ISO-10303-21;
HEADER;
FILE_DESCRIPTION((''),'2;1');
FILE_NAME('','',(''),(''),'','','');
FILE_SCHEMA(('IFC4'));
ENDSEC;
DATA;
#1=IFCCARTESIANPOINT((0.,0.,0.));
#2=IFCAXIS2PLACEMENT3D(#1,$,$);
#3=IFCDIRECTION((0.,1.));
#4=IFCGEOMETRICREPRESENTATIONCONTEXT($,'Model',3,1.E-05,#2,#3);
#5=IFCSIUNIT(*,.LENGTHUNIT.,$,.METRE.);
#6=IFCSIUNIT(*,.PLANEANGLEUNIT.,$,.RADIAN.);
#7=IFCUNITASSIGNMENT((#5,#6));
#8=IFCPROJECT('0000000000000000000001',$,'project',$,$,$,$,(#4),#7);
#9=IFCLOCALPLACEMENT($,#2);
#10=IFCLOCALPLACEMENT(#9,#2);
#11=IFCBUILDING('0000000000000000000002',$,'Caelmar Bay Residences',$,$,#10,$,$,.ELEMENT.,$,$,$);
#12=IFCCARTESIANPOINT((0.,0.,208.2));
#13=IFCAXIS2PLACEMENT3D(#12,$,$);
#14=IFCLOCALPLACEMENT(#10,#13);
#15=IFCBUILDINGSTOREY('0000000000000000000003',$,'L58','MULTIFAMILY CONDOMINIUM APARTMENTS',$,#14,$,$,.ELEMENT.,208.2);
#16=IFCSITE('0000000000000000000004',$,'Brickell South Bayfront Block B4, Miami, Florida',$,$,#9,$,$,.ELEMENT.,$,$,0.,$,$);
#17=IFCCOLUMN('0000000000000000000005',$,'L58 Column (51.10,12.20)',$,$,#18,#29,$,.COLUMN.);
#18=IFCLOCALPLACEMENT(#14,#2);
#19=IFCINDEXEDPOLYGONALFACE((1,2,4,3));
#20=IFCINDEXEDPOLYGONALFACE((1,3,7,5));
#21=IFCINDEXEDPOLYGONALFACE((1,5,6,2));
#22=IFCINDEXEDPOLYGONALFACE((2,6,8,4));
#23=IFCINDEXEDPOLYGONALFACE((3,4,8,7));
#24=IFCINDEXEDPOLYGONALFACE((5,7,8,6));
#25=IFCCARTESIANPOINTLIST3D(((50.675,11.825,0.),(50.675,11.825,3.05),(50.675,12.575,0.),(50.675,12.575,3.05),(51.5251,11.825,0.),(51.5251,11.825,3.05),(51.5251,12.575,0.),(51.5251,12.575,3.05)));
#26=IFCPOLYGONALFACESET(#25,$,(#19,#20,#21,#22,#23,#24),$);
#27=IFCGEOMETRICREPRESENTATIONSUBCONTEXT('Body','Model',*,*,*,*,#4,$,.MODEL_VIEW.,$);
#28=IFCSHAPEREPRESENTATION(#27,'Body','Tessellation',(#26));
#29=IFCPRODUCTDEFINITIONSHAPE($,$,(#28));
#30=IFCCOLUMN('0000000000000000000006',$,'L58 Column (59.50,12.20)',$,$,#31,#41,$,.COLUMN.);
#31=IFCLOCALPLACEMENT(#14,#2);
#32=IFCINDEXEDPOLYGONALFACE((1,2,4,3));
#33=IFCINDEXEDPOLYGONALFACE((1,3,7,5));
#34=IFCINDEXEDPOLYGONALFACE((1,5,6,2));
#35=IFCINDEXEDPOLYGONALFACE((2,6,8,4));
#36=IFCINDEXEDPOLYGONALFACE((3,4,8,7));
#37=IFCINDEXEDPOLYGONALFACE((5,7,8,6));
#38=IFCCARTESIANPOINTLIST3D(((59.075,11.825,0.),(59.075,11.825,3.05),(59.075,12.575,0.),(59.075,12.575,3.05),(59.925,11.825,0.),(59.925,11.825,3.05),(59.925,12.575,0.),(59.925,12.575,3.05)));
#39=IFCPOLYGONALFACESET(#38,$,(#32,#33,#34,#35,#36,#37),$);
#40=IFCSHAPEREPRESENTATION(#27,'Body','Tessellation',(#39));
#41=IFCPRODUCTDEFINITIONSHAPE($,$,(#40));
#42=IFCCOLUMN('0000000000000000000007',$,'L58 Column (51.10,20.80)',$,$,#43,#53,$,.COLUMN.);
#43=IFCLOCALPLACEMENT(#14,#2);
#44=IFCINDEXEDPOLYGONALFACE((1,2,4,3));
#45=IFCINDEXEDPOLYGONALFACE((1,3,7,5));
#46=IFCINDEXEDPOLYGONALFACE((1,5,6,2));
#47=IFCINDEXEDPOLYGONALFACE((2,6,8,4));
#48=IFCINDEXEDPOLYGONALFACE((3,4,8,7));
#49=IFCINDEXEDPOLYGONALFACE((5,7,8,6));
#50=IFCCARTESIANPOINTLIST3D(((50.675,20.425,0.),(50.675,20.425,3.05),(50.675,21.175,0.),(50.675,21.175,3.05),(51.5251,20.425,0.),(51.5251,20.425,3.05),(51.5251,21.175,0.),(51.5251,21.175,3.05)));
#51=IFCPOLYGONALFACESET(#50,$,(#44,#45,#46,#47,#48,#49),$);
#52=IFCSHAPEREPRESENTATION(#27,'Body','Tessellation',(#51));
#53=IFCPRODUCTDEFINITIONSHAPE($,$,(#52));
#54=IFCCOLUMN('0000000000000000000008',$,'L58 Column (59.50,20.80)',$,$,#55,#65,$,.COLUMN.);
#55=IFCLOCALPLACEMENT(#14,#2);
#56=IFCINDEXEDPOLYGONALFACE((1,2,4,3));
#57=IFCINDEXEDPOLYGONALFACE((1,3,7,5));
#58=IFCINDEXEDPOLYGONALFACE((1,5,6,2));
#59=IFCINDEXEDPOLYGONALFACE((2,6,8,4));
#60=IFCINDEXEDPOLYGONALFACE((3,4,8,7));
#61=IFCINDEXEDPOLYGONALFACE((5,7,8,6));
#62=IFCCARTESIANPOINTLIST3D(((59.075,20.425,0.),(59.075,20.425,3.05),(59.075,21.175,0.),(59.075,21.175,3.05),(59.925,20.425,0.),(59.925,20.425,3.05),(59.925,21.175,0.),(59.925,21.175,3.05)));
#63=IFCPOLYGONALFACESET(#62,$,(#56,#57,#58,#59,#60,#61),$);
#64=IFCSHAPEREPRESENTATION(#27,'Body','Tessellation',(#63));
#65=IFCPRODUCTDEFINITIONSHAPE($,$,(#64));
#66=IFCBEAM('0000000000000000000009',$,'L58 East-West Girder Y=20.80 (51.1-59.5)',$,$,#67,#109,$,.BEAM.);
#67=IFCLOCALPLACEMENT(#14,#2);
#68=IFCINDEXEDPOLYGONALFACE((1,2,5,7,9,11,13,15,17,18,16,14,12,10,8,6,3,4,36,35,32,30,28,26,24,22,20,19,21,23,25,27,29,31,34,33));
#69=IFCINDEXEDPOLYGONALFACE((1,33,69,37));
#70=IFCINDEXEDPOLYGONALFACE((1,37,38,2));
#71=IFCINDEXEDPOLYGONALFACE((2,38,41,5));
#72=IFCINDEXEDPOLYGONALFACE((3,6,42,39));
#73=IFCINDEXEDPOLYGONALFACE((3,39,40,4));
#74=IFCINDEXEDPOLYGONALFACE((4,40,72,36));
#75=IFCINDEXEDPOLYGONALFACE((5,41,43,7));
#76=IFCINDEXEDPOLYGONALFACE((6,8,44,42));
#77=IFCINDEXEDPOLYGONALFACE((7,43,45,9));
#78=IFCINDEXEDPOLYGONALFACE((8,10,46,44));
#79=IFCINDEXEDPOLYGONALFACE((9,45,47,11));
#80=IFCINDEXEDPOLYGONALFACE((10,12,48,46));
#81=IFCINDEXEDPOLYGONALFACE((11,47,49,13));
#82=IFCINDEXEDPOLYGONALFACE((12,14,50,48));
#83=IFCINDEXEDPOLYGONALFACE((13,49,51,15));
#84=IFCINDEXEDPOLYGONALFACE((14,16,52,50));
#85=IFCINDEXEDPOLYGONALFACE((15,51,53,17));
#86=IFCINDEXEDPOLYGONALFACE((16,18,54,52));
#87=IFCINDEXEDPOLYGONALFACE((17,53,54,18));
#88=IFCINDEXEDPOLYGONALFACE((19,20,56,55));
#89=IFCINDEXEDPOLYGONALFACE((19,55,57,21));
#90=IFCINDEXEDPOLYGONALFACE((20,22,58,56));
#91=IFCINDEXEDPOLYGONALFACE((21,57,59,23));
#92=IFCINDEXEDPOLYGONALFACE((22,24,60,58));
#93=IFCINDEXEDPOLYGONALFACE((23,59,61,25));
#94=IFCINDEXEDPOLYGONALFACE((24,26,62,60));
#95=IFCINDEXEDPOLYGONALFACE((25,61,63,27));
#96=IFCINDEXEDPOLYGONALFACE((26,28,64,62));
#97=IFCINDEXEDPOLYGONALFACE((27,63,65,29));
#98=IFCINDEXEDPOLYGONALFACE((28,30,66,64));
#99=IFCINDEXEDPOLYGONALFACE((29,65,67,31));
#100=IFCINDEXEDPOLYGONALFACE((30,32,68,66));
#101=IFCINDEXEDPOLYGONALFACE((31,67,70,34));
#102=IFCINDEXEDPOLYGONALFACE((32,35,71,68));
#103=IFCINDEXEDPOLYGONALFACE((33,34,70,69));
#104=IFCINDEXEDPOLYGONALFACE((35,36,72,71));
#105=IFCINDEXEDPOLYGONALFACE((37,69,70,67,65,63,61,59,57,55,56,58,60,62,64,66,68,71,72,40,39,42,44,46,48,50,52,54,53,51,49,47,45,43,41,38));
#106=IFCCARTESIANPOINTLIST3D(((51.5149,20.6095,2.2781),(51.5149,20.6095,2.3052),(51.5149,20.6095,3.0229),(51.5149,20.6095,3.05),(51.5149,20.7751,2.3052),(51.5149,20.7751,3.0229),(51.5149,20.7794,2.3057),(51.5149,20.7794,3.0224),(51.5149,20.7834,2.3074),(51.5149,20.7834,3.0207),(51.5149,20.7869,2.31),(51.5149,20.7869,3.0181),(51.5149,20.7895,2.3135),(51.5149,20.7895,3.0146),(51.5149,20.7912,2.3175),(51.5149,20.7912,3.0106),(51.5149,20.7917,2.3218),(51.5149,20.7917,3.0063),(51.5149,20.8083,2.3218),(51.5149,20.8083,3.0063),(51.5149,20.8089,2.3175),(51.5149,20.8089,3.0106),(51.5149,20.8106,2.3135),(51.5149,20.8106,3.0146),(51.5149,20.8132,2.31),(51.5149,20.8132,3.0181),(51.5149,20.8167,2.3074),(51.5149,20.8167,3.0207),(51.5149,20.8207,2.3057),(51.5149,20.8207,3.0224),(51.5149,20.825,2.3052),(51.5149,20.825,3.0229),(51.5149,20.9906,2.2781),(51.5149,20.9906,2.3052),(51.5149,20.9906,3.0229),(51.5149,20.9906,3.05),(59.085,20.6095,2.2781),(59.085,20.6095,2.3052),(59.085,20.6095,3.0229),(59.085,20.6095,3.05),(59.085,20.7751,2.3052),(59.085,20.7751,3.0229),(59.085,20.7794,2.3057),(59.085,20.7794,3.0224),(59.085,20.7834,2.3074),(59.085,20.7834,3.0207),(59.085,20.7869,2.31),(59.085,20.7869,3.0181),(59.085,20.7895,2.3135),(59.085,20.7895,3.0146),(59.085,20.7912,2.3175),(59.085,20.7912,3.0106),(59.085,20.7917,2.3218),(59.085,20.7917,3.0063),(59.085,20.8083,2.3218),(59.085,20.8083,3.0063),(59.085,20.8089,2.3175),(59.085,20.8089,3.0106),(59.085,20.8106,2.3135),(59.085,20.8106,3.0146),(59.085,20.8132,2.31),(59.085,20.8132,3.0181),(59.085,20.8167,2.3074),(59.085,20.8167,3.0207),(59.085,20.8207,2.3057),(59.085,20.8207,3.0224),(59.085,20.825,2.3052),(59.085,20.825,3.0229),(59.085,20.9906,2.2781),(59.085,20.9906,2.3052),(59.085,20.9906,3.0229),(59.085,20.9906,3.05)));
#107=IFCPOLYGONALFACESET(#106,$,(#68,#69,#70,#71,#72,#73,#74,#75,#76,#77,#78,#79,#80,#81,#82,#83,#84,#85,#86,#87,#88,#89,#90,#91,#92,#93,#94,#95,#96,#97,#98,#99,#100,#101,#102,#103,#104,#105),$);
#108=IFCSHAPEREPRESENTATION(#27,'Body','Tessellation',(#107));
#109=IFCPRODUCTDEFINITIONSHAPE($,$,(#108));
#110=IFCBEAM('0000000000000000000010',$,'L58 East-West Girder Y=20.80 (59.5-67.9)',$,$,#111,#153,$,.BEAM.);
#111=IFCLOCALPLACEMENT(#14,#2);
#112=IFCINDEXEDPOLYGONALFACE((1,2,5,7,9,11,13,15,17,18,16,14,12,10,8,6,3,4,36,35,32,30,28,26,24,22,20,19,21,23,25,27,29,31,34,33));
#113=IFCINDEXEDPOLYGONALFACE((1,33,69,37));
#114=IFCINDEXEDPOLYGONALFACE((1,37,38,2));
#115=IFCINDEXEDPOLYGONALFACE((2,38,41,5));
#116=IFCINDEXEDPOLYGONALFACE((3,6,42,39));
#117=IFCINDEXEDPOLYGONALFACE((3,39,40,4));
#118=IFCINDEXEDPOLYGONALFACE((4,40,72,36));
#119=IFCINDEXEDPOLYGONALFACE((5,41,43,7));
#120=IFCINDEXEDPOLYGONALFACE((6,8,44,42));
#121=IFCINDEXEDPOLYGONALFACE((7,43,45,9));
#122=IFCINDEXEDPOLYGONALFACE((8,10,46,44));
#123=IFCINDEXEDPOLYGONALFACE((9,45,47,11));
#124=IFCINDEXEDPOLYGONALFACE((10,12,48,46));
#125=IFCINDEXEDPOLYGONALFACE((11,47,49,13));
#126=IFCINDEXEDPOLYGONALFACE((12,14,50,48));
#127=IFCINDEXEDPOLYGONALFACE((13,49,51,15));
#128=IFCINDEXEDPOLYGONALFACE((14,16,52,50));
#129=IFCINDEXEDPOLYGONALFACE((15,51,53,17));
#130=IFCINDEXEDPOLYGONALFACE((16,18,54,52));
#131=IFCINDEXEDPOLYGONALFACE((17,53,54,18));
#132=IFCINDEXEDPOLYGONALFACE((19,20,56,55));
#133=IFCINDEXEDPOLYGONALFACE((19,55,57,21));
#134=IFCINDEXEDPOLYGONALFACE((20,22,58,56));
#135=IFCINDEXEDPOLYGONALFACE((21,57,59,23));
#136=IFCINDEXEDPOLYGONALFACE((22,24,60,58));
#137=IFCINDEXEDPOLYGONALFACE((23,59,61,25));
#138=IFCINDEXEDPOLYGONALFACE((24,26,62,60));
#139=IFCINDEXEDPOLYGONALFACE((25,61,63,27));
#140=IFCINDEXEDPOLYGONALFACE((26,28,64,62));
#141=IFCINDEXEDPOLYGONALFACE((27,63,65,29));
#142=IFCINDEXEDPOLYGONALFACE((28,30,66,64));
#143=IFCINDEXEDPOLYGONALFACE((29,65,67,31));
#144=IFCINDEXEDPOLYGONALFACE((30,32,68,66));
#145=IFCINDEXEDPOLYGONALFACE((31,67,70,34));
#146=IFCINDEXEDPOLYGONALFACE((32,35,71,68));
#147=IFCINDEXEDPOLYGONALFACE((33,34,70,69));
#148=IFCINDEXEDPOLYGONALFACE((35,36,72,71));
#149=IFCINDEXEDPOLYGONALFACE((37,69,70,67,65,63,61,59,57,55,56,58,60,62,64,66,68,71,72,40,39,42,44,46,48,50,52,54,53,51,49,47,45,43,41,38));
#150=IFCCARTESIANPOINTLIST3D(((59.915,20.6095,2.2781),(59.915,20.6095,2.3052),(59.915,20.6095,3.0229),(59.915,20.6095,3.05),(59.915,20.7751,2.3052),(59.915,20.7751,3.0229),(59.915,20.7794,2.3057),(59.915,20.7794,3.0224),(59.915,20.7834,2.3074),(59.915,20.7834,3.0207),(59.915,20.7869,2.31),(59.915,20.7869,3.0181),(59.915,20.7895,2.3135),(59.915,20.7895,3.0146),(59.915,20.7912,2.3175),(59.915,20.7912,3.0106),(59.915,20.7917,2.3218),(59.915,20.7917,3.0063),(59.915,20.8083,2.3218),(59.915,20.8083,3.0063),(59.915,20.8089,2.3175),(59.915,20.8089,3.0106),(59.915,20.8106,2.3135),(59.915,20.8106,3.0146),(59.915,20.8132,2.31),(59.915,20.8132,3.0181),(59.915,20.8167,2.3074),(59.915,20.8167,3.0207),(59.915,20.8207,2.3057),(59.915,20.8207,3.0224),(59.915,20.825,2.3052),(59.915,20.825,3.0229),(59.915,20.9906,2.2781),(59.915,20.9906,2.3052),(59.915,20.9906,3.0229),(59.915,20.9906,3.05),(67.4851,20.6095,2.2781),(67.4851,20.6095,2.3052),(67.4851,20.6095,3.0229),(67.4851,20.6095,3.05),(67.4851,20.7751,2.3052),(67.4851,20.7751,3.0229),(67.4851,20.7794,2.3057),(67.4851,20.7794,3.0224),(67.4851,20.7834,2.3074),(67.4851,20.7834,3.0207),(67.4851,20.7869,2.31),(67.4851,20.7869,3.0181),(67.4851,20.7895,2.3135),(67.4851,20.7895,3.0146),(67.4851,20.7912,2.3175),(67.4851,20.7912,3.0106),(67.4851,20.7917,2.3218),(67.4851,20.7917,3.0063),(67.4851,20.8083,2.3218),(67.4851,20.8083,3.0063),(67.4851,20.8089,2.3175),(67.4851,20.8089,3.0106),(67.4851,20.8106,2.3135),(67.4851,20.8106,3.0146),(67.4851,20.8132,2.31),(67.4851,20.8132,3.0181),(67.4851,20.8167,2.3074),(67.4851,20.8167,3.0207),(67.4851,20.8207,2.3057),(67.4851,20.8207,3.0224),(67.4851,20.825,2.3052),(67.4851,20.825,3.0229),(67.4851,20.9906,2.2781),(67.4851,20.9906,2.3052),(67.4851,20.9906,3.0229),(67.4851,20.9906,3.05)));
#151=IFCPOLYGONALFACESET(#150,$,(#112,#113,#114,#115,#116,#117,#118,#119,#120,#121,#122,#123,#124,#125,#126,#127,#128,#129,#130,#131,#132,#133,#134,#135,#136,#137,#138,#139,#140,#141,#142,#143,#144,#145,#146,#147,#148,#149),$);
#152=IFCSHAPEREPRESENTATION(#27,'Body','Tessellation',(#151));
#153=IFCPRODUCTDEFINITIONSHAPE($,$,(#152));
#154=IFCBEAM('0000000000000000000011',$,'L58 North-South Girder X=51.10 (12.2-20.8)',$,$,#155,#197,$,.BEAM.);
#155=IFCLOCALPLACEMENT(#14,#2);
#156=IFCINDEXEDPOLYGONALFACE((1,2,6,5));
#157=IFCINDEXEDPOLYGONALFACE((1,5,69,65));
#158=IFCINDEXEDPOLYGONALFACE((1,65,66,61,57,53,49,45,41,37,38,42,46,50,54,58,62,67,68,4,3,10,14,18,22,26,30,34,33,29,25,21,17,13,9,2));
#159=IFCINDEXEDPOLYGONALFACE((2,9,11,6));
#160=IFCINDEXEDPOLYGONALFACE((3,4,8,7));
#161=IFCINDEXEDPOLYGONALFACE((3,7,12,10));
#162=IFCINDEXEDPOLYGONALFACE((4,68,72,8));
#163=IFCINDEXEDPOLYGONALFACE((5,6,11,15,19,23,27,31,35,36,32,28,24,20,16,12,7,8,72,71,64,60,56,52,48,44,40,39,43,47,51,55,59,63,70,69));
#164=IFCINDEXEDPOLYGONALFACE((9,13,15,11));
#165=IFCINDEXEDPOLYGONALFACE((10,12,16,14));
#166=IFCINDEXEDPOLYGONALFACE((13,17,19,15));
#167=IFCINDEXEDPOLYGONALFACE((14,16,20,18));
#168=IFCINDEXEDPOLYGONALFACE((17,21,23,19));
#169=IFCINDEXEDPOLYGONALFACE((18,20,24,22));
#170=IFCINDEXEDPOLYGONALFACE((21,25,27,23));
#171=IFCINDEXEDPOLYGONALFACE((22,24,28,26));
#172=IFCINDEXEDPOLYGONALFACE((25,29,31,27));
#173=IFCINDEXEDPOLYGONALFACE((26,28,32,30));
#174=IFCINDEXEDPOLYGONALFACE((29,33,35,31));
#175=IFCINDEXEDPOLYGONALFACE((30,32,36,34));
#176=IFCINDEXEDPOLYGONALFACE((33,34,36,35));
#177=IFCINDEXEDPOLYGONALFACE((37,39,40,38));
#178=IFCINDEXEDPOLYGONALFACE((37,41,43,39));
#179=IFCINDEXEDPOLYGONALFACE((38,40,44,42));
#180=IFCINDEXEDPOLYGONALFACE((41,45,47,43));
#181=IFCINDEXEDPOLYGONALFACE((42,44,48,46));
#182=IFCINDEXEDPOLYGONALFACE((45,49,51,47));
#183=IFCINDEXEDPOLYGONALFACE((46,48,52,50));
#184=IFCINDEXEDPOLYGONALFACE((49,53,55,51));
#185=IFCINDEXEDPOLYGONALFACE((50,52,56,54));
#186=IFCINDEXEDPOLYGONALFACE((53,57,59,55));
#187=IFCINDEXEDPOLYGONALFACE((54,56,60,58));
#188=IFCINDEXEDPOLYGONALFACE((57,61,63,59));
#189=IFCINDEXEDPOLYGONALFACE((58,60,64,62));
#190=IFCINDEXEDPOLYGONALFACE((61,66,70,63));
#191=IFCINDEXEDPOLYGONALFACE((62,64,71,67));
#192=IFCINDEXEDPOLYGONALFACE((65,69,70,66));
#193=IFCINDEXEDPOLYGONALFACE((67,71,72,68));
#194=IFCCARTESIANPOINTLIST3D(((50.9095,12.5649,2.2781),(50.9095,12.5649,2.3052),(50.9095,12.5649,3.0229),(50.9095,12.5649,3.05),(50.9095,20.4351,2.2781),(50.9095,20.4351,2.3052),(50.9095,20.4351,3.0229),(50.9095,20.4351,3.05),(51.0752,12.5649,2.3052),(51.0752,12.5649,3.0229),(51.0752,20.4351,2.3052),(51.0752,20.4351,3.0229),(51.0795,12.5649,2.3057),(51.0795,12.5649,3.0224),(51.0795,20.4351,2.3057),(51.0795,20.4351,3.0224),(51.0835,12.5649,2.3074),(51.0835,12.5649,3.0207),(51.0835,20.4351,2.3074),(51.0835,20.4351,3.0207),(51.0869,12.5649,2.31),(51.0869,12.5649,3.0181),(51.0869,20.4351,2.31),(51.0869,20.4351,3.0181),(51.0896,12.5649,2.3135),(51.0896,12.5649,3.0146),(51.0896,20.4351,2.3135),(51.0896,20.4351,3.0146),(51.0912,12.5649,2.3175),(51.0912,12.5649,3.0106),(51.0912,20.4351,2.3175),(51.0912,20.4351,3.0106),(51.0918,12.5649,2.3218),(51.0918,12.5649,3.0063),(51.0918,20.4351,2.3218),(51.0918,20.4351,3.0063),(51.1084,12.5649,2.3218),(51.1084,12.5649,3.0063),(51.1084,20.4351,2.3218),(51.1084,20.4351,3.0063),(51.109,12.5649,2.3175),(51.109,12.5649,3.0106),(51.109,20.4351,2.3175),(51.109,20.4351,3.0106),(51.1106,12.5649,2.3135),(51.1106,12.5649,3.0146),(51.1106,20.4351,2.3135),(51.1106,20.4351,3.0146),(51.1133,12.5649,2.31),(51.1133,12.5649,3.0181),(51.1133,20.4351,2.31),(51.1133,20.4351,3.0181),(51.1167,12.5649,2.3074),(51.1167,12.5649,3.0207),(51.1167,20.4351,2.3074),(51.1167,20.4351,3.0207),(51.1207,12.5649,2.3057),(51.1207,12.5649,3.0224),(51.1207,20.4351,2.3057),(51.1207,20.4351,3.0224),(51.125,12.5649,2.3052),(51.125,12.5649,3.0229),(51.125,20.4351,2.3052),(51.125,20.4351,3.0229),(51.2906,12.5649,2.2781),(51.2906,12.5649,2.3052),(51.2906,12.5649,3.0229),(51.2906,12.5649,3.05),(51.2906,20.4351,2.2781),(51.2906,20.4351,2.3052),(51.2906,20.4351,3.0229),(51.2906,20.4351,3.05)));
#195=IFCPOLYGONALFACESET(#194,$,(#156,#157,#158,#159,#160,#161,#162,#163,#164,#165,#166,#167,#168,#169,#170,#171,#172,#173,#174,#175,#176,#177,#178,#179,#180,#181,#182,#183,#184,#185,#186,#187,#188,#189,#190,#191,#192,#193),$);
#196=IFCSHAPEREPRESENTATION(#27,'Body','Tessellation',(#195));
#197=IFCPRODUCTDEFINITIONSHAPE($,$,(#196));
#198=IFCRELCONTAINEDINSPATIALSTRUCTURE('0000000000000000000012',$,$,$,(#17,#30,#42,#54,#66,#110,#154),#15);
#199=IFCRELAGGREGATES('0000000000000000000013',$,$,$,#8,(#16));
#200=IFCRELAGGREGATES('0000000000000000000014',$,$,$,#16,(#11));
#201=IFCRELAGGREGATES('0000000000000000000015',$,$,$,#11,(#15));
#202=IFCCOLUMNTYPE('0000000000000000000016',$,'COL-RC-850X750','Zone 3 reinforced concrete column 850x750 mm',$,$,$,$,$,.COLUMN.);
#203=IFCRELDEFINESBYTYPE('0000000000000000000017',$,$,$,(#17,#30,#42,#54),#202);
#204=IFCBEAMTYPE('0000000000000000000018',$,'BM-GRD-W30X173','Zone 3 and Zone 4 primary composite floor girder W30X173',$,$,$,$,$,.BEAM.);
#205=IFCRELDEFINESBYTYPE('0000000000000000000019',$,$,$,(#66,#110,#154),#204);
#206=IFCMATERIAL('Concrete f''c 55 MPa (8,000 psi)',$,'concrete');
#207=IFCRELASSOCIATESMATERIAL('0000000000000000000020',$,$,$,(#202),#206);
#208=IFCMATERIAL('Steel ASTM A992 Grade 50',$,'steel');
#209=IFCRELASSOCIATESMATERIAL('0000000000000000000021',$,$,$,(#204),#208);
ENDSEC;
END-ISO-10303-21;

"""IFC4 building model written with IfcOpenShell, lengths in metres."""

from ifc_helpers import new_model, si_unit, direction, frame, origin, origin_2d, place, context, subcontext, project, spatial, rectangle, i_section, extrude, material, material_profile, profile_set, type_object, element, save


model = new_model("IFC4")

# Units and contexts
model_context = context("Model", 3, precision=1e-05, world=origin(), true_north=direction((0.0, 1.0)))
body_context = subcontext(model_context, "Body", "Model", "MODEL_VIEW")
ifc_project = project(units=[si_unit("LENGTHUNIT", "METRE"), si_unit("PLANEANGLEUNIT", "RADIAN")], contexts=[model_context])

# Site, building, storey
site_placement = place(None, origin())
site = spatial("IfcSite", under=ifc_project, at=site_placement, Name="Brickell South Bayfront Block B4, Miami, Florida", CompositionType="ELEMENT", RefElevation=0.0)
building_placement = place(site_placement, origin())
building = spatial("IfcBuilding", under=site, at=building_placement, Name="Caelmar Bay Residences", CompositionType="ELEMENT")
storey_placement = place(building_placement, frame((0.0, 0.0, 208.2)))
storey = spatial("IfcBuildingStorey", under=building, at=storey_placement, Name="L58", Description="MULTIFAMILY CONDOMINIUM APARTMENTS", CompositionType="ELEMENT", Elevation=208.2)

# Columns
ifc_material_1 = material(Name="Concrete f'c 55 MPa (8,000 psi)", Category="concrete")
ifc_material_profile_1 = material_profile(ifc_material_1, rectangle(XDim=0.8501, YDim=0.75, at=origin_2d()), Name="RC-COL-850X750")
ifc_profile_set_1 = profile_set([ifc_material_profile_1], Name="Concrete f'c 55 MPa (8,000 psi)")
column_type = type_object("IfcColumnType", Name="COL-RC-850X750", Description="Zone 3 reinforced concrete column 850x750 mm", PredefinedType="COLUMN", material=ifc_profile_set_1)
for number, where, z_axis, x_axis, name in (
    (1, (51.1001, 12.2, 0.0), (0.0, 0.0, 1.0), (1.0, 0.0, 0.0), "L58 Column (51.10,12.20)"),
    (2, (59.5, 12.2, 0.0), (0.0, 0.0, 1.0), (1.0, 0.0, 0.0), "L58 Column (59.50,12.20)"),
    (3, (51.1001, 20.8, 0.0), (0.0, 0.0, 1.0), (1.0, 0.0, 0.0), "L58 Column (51.10,20.80)"),
    (4, (59.5, 20.8, 0.0), (0.0, 0.0, 1.0), (1.0, 0.0, 0.0), "L58 Column (59.50,20.80)"),
):
    element("IfcColumn", number, at=place(storey_placement, frame(where, z_axis=z_axis, x_axis=x_axis)), inside=storey, type_object=column_type, Name=name, PredefinedType="COLUMN", context=body_context, shape_type="SweptSolid", body=[
        extrude(rectangle(XDim=0.8501, YDim=0.75, at=origin_2d()), origin(), (0.0, 0.0, 1.0), 3.05),
    ])

# Beams
ifc_material_2 = material(Name="Steel ASTM A992 Grade 50", Category="steel")
ifc_material_profile_2 = material_profile(ifc_material_2, i_section(OverallWidth=0.3811, OverallDepth=0.772, WebThickness=0.0166, FlangeThickness=0.0271, FilletRadius=0.0166, at=origin_2d()), Name="W30X173")
ifc_profile_set_2 = profile_set([ifc_material_profile_2], Name="Steel ASTM A992 Grade 50")
beam_type_1 = type_object("IfcBeamType", Name="BM-GRD-W30X173", Description="Zone 3 and Zone 4 primary composite floor girder W30X173", PredefinedType="BEAM", material=ifc_profile_set_2)
for number, where, z_axis, x_axis, name in (
    (5, (51.5149, 20.8, 2.6641), (1.0, 0.0, 0.0), (0.0, 1.0, 0.0), "L58 East-West Girder Y=20.80 (51.1-59.5)"),
    (6, (59.915, 20.8, 2.6641), (1.0, 0.0, 0.0), (0.0, 1.0, 0.0), "L58 East-West Girder Y=20.80 (59.5-67.9)"),
):
    element("IfcBeam", number, at=place(storey_placement, frame(where, z_axis=z_axis, x_axis=x_axis)), inside=storey, type_object=beam_type_1, Name=name, PredefinedType="BEAM", context=body_context, shape_type="SweptSolid", body=[
        extrude(i_section(OverallWidth=0.3811, OverallDepth=0.772, WebThickness=0.0166, FlangeThickness=0.0271, FilletRadius=0.0166, at=origin_2d()), origin(), (0.0, 0.0, 1.0), 7.5701),
    ])
for number, where, z_axis, x_axis, name in (
    (7, (51.1001, 12.5649, 2.6641), (0.0, 1.0, 0.0), (-1.0, 0.0, 0.0), "L58 North-South Girder X=51.10 (12.2-20.8)"),
):
    element("IfcBeam", number, at=place(storey_placement, frame(where, z_axis=z_axis, x_axis=x_axis)), inside=storey, type_object=beam_type_1, Name=name, PredefinedType="BEAM", context=body_context, shape_type="SweptSolid", body=[
        extrude(i_section(OverallWidth=0.3811, OverallDepth=0.772, WebThickness=0.0166, FlangeThickness=0.0271, FilletRadius=0.0166, at=origin_2d()), origin(), (0.0, 0.0, 1.0), 7.8701),
    ])

save(model, "model.ifc")
